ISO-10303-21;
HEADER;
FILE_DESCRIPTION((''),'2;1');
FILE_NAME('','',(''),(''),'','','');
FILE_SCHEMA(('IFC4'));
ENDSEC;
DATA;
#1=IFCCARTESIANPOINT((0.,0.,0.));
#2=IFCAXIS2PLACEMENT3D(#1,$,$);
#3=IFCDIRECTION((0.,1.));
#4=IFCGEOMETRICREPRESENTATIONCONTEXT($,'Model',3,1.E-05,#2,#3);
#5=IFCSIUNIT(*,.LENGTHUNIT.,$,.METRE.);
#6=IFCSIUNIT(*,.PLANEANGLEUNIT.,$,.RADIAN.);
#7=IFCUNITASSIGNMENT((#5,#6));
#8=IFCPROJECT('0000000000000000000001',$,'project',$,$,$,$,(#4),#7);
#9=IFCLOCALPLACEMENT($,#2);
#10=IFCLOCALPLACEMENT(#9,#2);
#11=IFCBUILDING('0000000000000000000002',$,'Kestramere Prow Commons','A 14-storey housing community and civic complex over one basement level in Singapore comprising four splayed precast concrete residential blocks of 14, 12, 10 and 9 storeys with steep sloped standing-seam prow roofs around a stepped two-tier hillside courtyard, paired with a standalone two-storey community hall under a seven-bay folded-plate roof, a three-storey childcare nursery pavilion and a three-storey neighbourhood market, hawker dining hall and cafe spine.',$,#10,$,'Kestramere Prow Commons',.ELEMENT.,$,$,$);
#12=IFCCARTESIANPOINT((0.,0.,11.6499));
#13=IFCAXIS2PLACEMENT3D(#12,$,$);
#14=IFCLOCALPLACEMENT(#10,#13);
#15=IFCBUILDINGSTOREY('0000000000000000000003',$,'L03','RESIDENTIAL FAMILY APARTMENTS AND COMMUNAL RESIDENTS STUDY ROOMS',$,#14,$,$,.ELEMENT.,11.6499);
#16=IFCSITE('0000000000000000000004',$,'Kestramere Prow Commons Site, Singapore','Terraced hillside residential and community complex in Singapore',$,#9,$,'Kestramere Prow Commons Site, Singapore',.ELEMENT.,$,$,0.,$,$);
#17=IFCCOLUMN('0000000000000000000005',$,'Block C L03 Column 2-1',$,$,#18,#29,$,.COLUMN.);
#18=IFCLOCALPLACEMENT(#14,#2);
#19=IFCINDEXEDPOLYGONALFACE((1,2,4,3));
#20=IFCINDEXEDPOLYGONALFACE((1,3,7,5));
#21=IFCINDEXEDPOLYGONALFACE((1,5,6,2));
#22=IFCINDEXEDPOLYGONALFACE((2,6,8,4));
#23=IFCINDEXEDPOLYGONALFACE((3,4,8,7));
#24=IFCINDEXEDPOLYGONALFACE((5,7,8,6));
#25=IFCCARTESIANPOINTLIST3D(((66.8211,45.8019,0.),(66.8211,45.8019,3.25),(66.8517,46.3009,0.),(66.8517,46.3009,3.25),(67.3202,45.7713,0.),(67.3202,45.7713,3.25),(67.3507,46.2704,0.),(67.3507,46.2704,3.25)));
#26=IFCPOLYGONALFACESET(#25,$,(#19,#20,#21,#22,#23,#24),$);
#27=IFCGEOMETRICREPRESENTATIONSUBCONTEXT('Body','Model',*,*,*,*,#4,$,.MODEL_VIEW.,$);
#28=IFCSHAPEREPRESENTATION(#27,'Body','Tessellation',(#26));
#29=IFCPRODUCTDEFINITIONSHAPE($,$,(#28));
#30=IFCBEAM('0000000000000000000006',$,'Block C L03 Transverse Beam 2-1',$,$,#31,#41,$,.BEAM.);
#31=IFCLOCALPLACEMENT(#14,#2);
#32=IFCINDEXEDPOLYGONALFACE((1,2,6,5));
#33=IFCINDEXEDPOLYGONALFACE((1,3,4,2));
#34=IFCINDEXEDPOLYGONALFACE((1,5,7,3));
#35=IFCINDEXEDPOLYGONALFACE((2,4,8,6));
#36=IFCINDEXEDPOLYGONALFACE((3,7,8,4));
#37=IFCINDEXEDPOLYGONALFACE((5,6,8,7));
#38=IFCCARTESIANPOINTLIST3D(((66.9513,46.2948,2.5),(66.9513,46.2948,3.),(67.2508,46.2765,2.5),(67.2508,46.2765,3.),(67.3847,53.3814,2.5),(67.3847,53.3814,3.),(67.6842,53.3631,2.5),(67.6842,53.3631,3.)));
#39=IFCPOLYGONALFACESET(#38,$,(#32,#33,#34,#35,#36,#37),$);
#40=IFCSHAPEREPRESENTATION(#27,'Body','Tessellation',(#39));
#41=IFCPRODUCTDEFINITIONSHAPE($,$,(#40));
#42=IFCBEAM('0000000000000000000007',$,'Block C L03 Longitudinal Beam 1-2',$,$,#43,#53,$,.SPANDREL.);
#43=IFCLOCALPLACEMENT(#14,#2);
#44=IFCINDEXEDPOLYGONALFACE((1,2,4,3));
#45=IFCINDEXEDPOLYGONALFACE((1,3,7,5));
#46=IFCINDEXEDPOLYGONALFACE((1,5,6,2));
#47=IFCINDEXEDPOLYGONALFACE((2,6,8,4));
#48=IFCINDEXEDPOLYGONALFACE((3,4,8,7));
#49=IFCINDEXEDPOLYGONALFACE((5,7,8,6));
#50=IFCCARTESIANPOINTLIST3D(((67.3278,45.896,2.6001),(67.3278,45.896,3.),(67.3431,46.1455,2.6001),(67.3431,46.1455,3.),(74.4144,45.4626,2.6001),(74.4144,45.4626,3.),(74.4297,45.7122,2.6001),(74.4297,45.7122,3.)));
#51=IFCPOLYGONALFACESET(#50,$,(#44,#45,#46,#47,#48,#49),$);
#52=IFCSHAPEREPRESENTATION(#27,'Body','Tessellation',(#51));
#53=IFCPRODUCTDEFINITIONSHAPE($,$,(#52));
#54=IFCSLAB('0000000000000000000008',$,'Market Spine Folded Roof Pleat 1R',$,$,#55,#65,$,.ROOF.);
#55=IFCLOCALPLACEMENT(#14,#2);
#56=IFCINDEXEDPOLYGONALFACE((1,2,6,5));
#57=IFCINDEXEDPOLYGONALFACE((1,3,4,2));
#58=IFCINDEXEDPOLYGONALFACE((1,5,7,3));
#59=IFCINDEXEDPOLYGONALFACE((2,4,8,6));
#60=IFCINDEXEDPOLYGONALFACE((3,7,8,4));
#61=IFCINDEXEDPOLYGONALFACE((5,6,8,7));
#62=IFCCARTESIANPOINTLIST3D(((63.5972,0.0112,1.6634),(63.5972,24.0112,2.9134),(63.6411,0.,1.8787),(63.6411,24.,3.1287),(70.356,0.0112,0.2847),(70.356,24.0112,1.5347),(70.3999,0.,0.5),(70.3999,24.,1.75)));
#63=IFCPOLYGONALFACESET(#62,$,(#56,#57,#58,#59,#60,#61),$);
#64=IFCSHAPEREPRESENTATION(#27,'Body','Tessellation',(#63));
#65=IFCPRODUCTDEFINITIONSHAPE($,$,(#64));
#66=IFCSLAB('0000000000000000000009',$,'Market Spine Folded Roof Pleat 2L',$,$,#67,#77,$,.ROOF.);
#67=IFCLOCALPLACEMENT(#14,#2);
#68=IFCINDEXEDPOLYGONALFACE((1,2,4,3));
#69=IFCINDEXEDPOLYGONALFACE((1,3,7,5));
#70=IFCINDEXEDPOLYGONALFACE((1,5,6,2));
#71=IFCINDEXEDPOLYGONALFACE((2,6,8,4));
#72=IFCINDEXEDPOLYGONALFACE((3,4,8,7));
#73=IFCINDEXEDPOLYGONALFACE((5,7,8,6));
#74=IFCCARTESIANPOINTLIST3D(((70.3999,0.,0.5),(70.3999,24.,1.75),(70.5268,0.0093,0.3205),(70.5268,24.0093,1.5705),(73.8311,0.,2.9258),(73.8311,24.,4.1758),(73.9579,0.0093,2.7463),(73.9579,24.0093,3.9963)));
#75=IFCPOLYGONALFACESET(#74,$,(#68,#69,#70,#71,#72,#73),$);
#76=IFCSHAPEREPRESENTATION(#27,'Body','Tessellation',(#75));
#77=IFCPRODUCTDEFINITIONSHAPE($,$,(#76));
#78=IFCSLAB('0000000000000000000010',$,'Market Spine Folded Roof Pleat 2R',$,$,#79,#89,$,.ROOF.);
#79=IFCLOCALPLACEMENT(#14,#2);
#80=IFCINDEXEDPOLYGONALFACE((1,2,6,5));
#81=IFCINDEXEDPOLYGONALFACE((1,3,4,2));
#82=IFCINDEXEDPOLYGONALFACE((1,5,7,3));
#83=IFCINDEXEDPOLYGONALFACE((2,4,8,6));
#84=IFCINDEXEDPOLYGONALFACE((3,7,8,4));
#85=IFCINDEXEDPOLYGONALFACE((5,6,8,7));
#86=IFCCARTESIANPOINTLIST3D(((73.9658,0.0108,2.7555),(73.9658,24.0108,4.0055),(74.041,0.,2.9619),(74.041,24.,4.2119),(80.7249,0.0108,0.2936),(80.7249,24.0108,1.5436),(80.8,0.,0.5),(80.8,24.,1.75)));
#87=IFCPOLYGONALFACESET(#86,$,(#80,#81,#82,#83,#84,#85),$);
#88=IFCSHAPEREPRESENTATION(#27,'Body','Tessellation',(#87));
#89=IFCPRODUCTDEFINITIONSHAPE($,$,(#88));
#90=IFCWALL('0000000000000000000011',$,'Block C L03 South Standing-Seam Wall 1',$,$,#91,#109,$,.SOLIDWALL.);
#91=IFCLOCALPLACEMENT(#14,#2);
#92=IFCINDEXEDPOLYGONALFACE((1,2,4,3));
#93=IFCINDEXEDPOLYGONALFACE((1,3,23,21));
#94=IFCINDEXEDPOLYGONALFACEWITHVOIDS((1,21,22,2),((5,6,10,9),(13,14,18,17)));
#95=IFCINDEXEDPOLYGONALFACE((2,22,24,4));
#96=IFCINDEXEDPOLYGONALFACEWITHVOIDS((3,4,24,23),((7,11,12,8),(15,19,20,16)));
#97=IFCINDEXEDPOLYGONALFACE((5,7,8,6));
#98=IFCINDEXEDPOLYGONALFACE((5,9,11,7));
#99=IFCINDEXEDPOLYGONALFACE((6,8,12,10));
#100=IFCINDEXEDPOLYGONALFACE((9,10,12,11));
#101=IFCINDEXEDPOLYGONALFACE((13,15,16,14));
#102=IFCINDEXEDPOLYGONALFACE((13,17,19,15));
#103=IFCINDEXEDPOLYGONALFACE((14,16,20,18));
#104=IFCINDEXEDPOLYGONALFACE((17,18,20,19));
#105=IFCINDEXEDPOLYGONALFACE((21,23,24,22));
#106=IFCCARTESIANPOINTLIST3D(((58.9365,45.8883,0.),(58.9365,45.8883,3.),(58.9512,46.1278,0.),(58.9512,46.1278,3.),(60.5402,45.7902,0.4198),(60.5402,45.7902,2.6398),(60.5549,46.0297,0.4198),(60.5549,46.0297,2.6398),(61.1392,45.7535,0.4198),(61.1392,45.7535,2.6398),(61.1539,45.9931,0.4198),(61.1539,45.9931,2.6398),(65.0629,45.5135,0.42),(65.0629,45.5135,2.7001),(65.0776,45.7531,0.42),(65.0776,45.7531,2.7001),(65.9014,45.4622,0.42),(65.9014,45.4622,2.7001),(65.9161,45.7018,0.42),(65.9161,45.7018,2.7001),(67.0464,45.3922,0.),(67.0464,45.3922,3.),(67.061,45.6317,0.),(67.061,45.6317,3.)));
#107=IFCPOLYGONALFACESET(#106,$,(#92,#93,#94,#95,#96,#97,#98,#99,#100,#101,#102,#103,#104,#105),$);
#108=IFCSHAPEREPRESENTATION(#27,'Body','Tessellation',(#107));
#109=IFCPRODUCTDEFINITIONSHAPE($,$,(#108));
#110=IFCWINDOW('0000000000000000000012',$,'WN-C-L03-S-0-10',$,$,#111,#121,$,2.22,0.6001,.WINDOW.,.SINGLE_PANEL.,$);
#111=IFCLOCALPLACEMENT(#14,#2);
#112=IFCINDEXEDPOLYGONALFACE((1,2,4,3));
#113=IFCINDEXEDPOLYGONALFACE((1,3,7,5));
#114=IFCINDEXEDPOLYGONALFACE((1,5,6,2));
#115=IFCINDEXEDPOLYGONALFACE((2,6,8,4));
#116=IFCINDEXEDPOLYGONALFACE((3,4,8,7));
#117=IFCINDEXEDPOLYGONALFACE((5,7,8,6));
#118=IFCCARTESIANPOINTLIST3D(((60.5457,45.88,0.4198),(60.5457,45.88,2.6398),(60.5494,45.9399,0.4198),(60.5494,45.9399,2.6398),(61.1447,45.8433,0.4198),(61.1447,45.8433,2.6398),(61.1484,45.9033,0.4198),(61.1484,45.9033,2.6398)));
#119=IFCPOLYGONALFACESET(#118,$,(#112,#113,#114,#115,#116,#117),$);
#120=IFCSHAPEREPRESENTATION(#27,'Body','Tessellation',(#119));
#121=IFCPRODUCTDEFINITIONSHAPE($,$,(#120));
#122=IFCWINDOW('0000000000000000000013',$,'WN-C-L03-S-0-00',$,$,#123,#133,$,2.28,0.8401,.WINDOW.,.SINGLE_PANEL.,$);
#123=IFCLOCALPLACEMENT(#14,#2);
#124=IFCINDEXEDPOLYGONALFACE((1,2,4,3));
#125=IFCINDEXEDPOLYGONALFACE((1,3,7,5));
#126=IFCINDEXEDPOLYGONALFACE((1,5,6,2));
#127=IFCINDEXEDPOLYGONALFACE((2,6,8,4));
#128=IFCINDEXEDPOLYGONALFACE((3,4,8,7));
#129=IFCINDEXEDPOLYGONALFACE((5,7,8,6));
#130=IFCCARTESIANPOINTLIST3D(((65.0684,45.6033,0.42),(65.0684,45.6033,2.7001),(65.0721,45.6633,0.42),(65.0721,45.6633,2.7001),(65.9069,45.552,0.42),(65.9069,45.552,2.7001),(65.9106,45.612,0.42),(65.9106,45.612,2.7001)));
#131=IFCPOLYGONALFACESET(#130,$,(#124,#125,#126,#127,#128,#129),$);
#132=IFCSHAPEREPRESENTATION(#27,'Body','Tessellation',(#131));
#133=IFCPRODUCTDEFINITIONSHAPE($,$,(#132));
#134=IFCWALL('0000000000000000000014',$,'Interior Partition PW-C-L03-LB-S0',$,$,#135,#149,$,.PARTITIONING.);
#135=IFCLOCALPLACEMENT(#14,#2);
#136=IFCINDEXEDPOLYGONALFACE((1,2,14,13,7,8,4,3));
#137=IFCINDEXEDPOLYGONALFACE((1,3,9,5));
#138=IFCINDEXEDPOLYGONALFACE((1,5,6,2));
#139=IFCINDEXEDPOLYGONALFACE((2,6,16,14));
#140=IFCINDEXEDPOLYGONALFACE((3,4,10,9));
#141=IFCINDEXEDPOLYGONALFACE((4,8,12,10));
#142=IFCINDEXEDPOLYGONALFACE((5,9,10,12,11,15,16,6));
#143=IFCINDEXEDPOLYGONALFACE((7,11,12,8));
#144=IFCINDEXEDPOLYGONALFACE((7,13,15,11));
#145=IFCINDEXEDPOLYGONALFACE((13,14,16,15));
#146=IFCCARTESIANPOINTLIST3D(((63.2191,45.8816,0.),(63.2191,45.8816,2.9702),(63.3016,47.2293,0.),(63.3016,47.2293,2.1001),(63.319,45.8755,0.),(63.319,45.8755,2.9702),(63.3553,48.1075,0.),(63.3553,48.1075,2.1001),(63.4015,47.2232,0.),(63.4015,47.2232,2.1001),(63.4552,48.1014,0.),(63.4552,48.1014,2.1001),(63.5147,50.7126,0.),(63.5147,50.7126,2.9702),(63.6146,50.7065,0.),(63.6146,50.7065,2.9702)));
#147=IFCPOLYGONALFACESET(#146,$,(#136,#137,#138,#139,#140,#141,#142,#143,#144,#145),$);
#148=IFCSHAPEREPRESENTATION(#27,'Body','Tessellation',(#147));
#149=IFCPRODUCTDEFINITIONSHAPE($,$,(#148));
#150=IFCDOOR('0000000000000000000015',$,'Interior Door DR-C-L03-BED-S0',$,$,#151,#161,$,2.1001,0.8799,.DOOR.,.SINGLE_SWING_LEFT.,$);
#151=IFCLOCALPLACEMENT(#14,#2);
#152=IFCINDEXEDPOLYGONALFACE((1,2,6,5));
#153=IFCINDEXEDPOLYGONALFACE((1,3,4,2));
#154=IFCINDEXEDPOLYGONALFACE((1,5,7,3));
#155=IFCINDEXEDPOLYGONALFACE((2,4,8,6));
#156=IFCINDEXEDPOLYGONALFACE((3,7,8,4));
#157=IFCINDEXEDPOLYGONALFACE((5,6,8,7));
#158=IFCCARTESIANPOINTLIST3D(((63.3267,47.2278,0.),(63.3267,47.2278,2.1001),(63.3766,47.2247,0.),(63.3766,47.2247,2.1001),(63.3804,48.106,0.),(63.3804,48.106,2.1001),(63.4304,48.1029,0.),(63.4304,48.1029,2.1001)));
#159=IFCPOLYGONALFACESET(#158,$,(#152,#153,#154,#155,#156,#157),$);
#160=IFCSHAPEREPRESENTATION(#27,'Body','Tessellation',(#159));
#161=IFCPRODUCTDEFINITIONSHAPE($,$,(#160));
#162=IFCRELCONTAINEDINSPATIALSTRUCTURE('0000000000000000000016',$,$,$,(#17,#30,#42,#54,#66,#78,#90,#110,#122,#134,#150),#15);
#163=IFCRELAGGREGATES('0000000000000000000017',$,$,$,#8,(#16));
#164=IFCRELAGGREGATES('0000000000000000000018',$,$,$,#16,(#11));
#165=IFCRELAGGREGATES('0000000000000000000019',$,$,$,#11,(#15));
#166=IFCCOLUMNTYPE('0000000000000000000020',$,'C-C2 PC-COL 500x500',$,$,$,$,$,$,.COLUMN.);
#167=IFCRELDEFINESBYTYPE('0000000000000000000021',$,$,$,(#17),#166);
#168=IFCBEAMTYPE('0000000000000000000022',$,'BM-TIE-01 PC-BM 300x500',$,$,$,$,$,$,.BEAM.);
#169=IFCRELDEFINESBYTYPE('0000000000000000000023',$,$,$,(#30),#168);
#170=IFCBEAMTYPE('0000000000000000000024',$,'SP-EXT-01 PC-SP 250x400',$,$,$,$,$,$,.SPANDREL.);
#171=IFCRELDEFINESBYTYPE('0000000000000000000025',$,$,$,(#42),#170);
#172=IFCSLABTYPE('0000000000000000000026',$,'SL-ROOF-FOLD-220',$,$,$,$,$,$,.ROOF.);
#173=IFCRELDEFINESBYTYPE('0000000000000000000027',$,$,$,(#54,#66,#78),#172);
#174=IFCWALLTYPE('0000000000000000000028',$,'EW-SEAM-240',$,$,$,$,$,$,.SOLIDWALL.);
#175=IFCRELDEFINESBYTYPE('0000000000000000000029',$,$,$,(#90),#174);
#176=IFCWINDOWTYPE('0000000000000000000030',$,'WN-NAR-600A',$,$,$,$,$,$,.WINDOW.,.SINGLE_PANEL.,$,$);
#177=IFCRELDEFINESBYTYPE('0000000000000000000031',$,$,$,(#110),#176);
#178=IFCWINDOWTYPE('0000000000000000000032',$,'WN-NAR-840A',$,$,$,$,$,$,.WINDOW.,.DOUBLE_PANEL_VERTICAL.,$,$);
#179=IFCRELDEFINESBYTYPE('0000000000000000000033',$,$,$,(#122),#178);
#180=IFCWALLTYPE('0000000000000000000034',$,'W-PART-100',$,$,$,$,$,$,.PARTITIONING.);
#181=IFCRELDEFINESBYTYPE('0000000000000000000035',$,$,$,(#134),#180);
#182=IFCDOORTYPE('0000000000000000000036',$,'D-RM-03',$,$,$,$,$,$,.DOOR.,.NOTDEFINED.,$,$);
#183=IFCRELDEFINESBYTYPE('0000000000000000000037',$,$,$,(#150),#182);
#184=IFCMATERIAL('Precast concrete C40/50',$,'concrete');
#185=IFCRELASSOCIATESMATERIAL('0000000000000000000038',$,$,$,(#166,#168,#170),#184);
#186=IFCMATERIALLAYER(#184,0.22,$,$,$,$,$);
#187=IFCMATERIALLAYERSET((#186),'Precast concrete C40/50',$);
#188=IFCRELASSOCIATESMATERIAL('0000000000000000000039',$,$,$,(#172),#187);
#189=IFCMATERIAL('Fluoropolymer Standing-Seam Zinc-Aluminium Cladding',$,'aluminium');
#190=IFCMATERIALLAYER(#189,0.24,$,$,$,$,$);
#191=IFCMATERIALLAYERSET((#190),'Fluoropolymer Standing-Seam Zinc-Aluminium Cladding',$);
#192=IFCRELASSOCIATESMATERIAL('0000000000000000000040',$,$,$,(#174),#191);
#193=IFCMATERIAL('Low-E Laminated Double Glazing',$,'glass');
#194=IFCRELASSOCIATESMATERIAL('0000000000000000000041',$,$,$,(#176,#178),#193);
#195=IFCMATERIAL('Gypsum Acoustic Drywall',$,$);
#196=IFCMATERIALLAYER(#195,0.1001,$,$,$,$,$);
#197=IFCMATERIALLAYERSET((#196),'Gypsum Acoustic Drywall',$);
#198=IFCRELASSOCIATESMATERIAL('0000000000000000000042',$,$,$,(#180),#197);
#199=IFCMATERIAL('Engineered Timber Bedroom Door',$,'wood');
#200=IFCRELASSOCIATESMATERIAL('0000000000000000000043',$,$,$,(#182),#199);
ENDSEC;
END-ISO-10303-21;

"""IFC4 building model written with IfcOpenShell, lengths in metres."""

from ifc_helpers import new_model, si_unit, direction, frame, frame_2d, origin, origin_2d, place, context, subcontext, project, spatial, polyline, rectangle, outline, extrude, material, layer, layer_set, material_profile, profile_set, type_object, element, fill, save


model = new_model("IFC4")

# Units and contexts
model_context = context("Model", 3, precision=1e-05, world=origin(), true_north=direction((0.0, 1.0)))
body_context = subcontext(model_context, "Body", "Model", "MODEL_VIEW")
ifc_project = project(units=[si_unit("LENGTHUNIT", "METRE"), si_unit("PLANEANGLEUNIT", "RADIAN")], contexts=[model_context])

# Site, building, storey
site_placement = place(None, origin())
site = spatial("IfcSite", under=ifc_project, at=site_placement, Name="Kestramere Prow Commons Site, Singapore", Description="Terraced hillside residential and community complex in Singapore", LongName="Kestramere Prow Commons Site, Singapore", CompositionType="ELEMENT", RefElevation=0.0)
building_placement = place(site_placement, origin())
building = spatial("IfcBuilding", under=site, at=building_placement, Name="Kestramere Prow Commons", Description="A 14-storey housing community and civic complex over one basement level in Singapore comprising four splayed precast concrete residential blocks of 14, 12, 10 and 9 storeys with steep sloped standing-seam prow roofs around a stepped two-tier hillside courtyard, paired with a standalone two-storey community hall under a seven-bay folded-plate roof, a three-storey childcare nursery pavilion and a three-storey neighbourhood market, hawker dining hall and cafe spine.", LongName="Kestramere Prow Commons", CompositionType="ELEMENT")
storey_placement = place(building_placement, frame((0.0, 0.0, 11.6499)))
storey = spatial("IfcBuildingStorey", under=building, at=storey_placement, Name="L03", Description="RESIDENTIAL FAMILY APARTMENTS AND COMMUNAL RESIDENTS STUDY ROOMS", CompositionType="ELEMENT", Elevation=11.6499)

# Column
ifc_material_1 = material(Name="Precast concrete C40/50", Category="concrete")
ifc_material_profile_1 = material_profile(ifc_material_1, rectangle(XDim=0.5, YDim=0.5, at=origin_2d()), Name="PC-COL 500x500")
ifc_profile_set_1 = profile_set([ifc_material_profile_1], Name="Precast concrete C40/50")
column_type = type_object("IfcColumnType", Name="C-C2 PC-COL 500x500", PredefinedType="COLUMN", material=ifc_profile_set_1)
column_placement = place(storey_placement, frame((67.0859, 46.0361, 0.0), z_axis=(0.0, 0.0, 1.0), x_axis=(0.998135, -0.061049, 0.0)))
element("IfcColumn", 1, at=column_placement, inside=storey, type_object=column_type, Name="Block C L03 Column 2-1", PredefinedType="COLUMN", context=body_context, shape_type="SweptSolid", body=[
    extrude(rectangle(XDim=0.5, YDim=0.5, at=origin_2d()), origin(), (0.0, 0.0, 1.0), 3.25),
])

# Beams
ifc_material_profile_2 = material_profile(ifc_material_1, rectangle(XDim=0.3, YDim=0.5, at=origin_2d()), Name="PC-BM 300x500")
ifc_profile_set_2 = profile_set([ifc_material_profile_2], Name="Precast concrete C40/50")
beam_type_1 = type_object("IfcBeamType", Name="BM-TIE-01 PC-BM 300x500", PredefinedType="BEAM", material=ifc_profile_set_2)
beam_1_placement = place(storey_placement, frame((67.1011, 46.2856, 2.75), z_axis=(0.061036, 0.998136, 0.0), x_axis=(-0.998136, 0.061036, 0.0)))
element("IfcBeam", 2, at=beam_1_placement, inside=storey, type_object=beam_type_1, Name="Block C L03 Transverse Beam 2-1", PredefinedType="BEAM", context=body_context, shape_type="SweptSolid", body=[
    extrude(rectangle(XDim=0.3, YDim=0.5, at=origin_2d()), origin(), (0.0, 0.0, 1.0), 7.0999),
])
ifc_material_profile_3 = material_profile(ifc_material_1, rectangle(XDim=0.25, YDim=0.3999, at=origin_2d()), Name="PC-SP 250x400")
ifc_profile_set_3 = profile_set([ifc_material_profile_3], Name="Precast concrete C40/50")
beam_type_2 = type_object("IfcBeamType", Name="SP-EXT-01 PC-SP 250x400", PredefinedType="SPANDREL", material=ifc_profile_set_3)
beam_2_placement = place(storey_placement, frame((67.3354, 46.0208, 2.8), z_axis=(0.998136, -0.061036, 0.0), x_axis=(0.061036, 0.998136, 0.0)))
element("IfcBeam", 3, at=beam_2_placement, inside=storey, type_object=beam_type_2, Name="Block C L03 Longitudinal Beam 1-2", PredefinedType="SPANDREL", context=body_context, shape_type="SweptSolid", body=[
    extrude(rectangle(XDim=0.25, YDim=0.3999, at=origin_2d()), origin(), (0.0, 0.0, 1.0), 7.0999),
])

# Slabs
ifc_layer_1 = layer(ifc_material_1, 0.22)
ifc_layer_set_1 = layer_set([ifc_layer_1], Name="Precast concrete C40/50")
slab_type = type_object("IfcSlabType", Name="SL-ROOF-FOLD-220", PredefinedType="ROOF", material=ifc_layer_set_1)
slab_1_placement = place(storey_placement, frame((63.6411, 0.0, 1.8787), z_axis=(0.199605, -0.050966, 0.97855), x_axis=(0.979823, 0.0, -0.199865)))
element("IfcSlab", 4, at=slab_1_placement, inside=storey, type_object=slab_type, Name="Market Spine Folded Roof Pleat 1R", PredefinedType="ROOF", context=body_context, shape_type="SweptSolid", body=[
    extrude(outline(polyline([(0.0, 0.0), (6.898, 0.0), (6.6481, 24.0312), (-0.2498, 24.0312), (0.0, 0.0)])), origin(), (0.0, 0.0, -1.0), 0.22),
])
slab_2_placement = place(storey_placement, frame((70.3999, 0.0, 0.5), z_axis=(-0.576764, -0.04249, 0.815805), x_axis=(0.816543, 0.0, 0.577285)))
element("IfcSlab", 5, at=slab_2_placement, inside=storey, type_object=slab_type, Name="Market Spine Folded Roof Pleat 2L", PredefinedType="ROOF", context=body_context, shape_type="SweptSolid", body=[
    extrude(outline(polyline([(0.0, 0.0), (4.202, 0.0), (4.9237, 24.0217), (0.7216, 24.0217), (0.0, 0.0)])), origin(), (0.0, 0.0, -1.0), 0.22),
])
slab_3_placement = place(storey_placement, frame((74.041, 0.0, 2.9619), z_axis=(0.341835, -0.04888, 0.938488), x_axis=(0.939611, 0.0, -0.342244)))
element("IfcSlab", 6, at=slab_3_placement, inside=storey, type_object=slab_type, Name="Market Spine Folded Roof Pleat 2R", PredefinedType="ROOF", context=body_context, shape_type="SweptSolid", body=[
    extrude(outline(polyline([(0.0, 0.0), (7.1934, 0.0), (6.7656, 24.0287), (-0.4278, 24.0287), (0.0, 0.0)])), origin(), (0.0, 0.0, -1.0), 0.22),
])

# Wall, openings, windows
ifc_material_2 = material(Name="Fluoropolymer Standing-Seam Zinc-Aluminium Cladding", Category="aluminium")
ifc_layer_2 = layer(ifc_material_2, 0.24)
ifc_layer_set_2 = layer_set([ifc_layer_2], Name="Fluoropolymer Standing-Seam Zinc-Aluminium Cladding")
wall_type_1 = type_object("IfcWallType", Name="EW-SEAM-240", PredefinedType="SOLIDWALL", material=ifc_layer_set_2)
wall_1_placement = place(storey_placement, frame((67.0537, 45.512, 0.0), z_axis=(0.0, 0.0, 1.0), x_axis=(-0.998134, 0.061058, 0.0)))
wall_1 = element("IfcWall", 7, at=wall_1_placement, inside=storey, type_object=wall_type_1, Name="Block C L03 South Standing-Seam Wall 1", PredefinedType="SOLIDWALL", context=body_context, shape_type="SweptSolid", body=[
    extrude(rectangle(XDim=8.125, YDim=0.24, at=frame_2d((4.0625, 0.0))), origin(), (0.0, 0.0, 1.0), 3.0),
])
opening_1_placement = place(wall_1_placement, frame((1.1472, 0.0, 0.4199)))
opening_1 = element("IfcOpeningElement", 8, at=opening_1_placement, cuts=wall_1, PredefinedType="OPENING", context=body_context, shape_type="SweptSolid", body=[
    extrude(rectangle(XDim=0.8401, YDim=2.28, at=frame_2d((0.4199, 1.1401))), frame((0.0, 0.135, 0.0), z_axis=(0.0, -1.0, 0.0), x_axis=(1.0, 0.0, 0.0)), (0.0, 0.0, 1.0), 0.27),
])
opening_2_placement = place(wall_1_placement, frame((5.9182, 0.0, 0.4199)))
opening_2 = element("IfcOpeningElement", 9, at=opening_2_placement, cuts=wall_1, PredefinedType="OPENING", context=body_context, shape_type="SweptSolid", body=[
    extrude(rectangle(XDim=0.6001, YDim=2.22, at=frame_2d((0.3, 1.1099))), frame((0.0, 0.135, 0.0), z_axis=(0.0, -1.0, 0.0), x_axis=(1.0, 0.0, 0.0)), (0.0, 0.0, 1.0), 0.27),
])
ifc_material_3 = material(Name="Low-E Laminated Double Glazing", Category="glass")
window_type_1 = type_object("IfcWindowType", Name="WN-NAR-600A", PartitioningType="SINGLE_PANEL", PredefinedType="WINDOW", material=ifc_material_3)
window_1_placement = place(opening_2_placement, origin())
window_1 = element("IfcWindow", 10, at=window_1_placement, inside=storey, type_object=window_type_1, Name="WN-C-L03-S-0-10", OverallHeight=2.22, OverallWidth=0.6001, PartitioningType="SINGLE_PANEL", PredefinedType="WINDOW", context=body_context, shape_type="SweptSolid", body=[
    extrude(rectangle(XDim=0.6001, YDim=2.22, at=frame_2d((0.3, 1.1099))), frame((0.0, 0.03, 0.0), z_axis=(0.0, -1.0, 0.0), x_axis=(1.0, 0.0, 0.0)), (0.0, 0.0, 1.0), 0.0601),
])
fill(opening_2, window_1)
window_type_2 = type_object("IfcWindowType", Name="WN-NAR-840A", PartitioningType="DOUBLE_PANEL_VERTICAL", PredefinedType="WINDOW", material=ifc_material_3)
window_2_placement = place(opening_1_placement, origin())
window_2 = element("IfcWindow", 11, at=window_2_placement, inside=storey, type_object=window_type_2, Name="WN-C-L03-S-0-00", OverallHeight=2.28, OverallWidth=0.8401, PartitioningType="SINGLE_PANEL", PredefinedType="WINDOW", context=body_context, shape_type="SweptSolid", body=[
    extrude(rectangle(XDim=0.8401, YDim=2.28, at=frame_2d((0.4199, 1.1401))), frame((0.0, 0.03, 0.0), z_axis=(0.0, -1.0, 0.0), x_axis=(1.0, 0.0, 0.0)), (0.0, 0.0, 1.0), 0.0601),
])
fill(opening_1, window_2)

# Wall, opening, door
ifc_material_4 = material(Name="Gypsum Acoustic Drywall")
ifc_layer_3 = layer(ifc_material_4, 0.1001)
ifc_layer_set_3 = layer_set([ifc_layer_3], Name="Gypsum Acoustic Drywall")
wall_type_2 = type_object("IfcWallType", Name="W-PART-100", PredefinedType="PARTITIONING", material=ifc_layer_set_3)
wall_2_placement = place(storey_placement, frame((63.269, 45.8787, 0.0), z_axis=(0.0, 0.0, 1.0), x_axis=(0.061084, 0.998133, 0.0)))
wall_2 = element("IfcWall", 12, at=wall_2_placement, inside=storey, type_object=wall_type_2, Name="Interior Partition PW-C-L03-LB-S0", PredefinedType="PARTITIONING", context=body_context, shape_type="SweptSolid", body=[
    extrude(rectangle(XDim=4.8401, YDim=0.1001, at=frame_2d((2.4199, 0.0))), origin(), (0.0, 0.0, 1.0), 2.9702),
])
opening_3_placement = place(wall_2_placement, frame((1.3501, 0.0, 0.0)))
opening_3 = element("IfcOpeningElement", 13, at=opening_3_placement, cuts=wall_2, PredefinedType="OPENING", context=body_context, shape_type="SweptSolid", body=[
    extrude(rectangle(XDim=0.8799, YDim=2.1001, at=frame_2d((0.4399, 1.05))), frame((0.0, 0.0649, 0.0), z_axis=(0.0, -1.0, 0.0), x_axis=(1.0, 0.0, 0.0)), (0.0, 0.0, 1.0), 0.1301),
])
ifc_material_5 = material(Name="Engineered Timber Bedroom Door", Category="wood")
door_type_1 = type_object("IfcDoorType", Name="D-RM-03", OperationType="NOTDEFINED", PredefinedType="DOOR", material=ifc_material_5)
door_1_placement = place(opening_3_placement, origin())
door_1 = element("IfcDoor", 14, at=door_1_placement, inside=storey, type_object=door_type_1, Name="Interior Door DR-C-L03-BED-S0", OperationType="SINGLE_SWING_LEFT", OverallHeight=2.1001, OverallWidth=0.8799, PredefinedType="DOOR", context=body_context, shape_type="SweptSolid", body=[
    extrude(rectangle(XDim=0.8799, YDim=2.1001, at=frame_2d((0.4399, 1.05))), frame((0.0, 0.0249, 0.0), z_axis=(0.0, -1.0, 0.0), x_axis=(1.0, 0.0, 0.0)), (0.0, 0.0, 1.0), 0.05),
])
fill(opening_3, door_1)

save(model, "model.ifc")
